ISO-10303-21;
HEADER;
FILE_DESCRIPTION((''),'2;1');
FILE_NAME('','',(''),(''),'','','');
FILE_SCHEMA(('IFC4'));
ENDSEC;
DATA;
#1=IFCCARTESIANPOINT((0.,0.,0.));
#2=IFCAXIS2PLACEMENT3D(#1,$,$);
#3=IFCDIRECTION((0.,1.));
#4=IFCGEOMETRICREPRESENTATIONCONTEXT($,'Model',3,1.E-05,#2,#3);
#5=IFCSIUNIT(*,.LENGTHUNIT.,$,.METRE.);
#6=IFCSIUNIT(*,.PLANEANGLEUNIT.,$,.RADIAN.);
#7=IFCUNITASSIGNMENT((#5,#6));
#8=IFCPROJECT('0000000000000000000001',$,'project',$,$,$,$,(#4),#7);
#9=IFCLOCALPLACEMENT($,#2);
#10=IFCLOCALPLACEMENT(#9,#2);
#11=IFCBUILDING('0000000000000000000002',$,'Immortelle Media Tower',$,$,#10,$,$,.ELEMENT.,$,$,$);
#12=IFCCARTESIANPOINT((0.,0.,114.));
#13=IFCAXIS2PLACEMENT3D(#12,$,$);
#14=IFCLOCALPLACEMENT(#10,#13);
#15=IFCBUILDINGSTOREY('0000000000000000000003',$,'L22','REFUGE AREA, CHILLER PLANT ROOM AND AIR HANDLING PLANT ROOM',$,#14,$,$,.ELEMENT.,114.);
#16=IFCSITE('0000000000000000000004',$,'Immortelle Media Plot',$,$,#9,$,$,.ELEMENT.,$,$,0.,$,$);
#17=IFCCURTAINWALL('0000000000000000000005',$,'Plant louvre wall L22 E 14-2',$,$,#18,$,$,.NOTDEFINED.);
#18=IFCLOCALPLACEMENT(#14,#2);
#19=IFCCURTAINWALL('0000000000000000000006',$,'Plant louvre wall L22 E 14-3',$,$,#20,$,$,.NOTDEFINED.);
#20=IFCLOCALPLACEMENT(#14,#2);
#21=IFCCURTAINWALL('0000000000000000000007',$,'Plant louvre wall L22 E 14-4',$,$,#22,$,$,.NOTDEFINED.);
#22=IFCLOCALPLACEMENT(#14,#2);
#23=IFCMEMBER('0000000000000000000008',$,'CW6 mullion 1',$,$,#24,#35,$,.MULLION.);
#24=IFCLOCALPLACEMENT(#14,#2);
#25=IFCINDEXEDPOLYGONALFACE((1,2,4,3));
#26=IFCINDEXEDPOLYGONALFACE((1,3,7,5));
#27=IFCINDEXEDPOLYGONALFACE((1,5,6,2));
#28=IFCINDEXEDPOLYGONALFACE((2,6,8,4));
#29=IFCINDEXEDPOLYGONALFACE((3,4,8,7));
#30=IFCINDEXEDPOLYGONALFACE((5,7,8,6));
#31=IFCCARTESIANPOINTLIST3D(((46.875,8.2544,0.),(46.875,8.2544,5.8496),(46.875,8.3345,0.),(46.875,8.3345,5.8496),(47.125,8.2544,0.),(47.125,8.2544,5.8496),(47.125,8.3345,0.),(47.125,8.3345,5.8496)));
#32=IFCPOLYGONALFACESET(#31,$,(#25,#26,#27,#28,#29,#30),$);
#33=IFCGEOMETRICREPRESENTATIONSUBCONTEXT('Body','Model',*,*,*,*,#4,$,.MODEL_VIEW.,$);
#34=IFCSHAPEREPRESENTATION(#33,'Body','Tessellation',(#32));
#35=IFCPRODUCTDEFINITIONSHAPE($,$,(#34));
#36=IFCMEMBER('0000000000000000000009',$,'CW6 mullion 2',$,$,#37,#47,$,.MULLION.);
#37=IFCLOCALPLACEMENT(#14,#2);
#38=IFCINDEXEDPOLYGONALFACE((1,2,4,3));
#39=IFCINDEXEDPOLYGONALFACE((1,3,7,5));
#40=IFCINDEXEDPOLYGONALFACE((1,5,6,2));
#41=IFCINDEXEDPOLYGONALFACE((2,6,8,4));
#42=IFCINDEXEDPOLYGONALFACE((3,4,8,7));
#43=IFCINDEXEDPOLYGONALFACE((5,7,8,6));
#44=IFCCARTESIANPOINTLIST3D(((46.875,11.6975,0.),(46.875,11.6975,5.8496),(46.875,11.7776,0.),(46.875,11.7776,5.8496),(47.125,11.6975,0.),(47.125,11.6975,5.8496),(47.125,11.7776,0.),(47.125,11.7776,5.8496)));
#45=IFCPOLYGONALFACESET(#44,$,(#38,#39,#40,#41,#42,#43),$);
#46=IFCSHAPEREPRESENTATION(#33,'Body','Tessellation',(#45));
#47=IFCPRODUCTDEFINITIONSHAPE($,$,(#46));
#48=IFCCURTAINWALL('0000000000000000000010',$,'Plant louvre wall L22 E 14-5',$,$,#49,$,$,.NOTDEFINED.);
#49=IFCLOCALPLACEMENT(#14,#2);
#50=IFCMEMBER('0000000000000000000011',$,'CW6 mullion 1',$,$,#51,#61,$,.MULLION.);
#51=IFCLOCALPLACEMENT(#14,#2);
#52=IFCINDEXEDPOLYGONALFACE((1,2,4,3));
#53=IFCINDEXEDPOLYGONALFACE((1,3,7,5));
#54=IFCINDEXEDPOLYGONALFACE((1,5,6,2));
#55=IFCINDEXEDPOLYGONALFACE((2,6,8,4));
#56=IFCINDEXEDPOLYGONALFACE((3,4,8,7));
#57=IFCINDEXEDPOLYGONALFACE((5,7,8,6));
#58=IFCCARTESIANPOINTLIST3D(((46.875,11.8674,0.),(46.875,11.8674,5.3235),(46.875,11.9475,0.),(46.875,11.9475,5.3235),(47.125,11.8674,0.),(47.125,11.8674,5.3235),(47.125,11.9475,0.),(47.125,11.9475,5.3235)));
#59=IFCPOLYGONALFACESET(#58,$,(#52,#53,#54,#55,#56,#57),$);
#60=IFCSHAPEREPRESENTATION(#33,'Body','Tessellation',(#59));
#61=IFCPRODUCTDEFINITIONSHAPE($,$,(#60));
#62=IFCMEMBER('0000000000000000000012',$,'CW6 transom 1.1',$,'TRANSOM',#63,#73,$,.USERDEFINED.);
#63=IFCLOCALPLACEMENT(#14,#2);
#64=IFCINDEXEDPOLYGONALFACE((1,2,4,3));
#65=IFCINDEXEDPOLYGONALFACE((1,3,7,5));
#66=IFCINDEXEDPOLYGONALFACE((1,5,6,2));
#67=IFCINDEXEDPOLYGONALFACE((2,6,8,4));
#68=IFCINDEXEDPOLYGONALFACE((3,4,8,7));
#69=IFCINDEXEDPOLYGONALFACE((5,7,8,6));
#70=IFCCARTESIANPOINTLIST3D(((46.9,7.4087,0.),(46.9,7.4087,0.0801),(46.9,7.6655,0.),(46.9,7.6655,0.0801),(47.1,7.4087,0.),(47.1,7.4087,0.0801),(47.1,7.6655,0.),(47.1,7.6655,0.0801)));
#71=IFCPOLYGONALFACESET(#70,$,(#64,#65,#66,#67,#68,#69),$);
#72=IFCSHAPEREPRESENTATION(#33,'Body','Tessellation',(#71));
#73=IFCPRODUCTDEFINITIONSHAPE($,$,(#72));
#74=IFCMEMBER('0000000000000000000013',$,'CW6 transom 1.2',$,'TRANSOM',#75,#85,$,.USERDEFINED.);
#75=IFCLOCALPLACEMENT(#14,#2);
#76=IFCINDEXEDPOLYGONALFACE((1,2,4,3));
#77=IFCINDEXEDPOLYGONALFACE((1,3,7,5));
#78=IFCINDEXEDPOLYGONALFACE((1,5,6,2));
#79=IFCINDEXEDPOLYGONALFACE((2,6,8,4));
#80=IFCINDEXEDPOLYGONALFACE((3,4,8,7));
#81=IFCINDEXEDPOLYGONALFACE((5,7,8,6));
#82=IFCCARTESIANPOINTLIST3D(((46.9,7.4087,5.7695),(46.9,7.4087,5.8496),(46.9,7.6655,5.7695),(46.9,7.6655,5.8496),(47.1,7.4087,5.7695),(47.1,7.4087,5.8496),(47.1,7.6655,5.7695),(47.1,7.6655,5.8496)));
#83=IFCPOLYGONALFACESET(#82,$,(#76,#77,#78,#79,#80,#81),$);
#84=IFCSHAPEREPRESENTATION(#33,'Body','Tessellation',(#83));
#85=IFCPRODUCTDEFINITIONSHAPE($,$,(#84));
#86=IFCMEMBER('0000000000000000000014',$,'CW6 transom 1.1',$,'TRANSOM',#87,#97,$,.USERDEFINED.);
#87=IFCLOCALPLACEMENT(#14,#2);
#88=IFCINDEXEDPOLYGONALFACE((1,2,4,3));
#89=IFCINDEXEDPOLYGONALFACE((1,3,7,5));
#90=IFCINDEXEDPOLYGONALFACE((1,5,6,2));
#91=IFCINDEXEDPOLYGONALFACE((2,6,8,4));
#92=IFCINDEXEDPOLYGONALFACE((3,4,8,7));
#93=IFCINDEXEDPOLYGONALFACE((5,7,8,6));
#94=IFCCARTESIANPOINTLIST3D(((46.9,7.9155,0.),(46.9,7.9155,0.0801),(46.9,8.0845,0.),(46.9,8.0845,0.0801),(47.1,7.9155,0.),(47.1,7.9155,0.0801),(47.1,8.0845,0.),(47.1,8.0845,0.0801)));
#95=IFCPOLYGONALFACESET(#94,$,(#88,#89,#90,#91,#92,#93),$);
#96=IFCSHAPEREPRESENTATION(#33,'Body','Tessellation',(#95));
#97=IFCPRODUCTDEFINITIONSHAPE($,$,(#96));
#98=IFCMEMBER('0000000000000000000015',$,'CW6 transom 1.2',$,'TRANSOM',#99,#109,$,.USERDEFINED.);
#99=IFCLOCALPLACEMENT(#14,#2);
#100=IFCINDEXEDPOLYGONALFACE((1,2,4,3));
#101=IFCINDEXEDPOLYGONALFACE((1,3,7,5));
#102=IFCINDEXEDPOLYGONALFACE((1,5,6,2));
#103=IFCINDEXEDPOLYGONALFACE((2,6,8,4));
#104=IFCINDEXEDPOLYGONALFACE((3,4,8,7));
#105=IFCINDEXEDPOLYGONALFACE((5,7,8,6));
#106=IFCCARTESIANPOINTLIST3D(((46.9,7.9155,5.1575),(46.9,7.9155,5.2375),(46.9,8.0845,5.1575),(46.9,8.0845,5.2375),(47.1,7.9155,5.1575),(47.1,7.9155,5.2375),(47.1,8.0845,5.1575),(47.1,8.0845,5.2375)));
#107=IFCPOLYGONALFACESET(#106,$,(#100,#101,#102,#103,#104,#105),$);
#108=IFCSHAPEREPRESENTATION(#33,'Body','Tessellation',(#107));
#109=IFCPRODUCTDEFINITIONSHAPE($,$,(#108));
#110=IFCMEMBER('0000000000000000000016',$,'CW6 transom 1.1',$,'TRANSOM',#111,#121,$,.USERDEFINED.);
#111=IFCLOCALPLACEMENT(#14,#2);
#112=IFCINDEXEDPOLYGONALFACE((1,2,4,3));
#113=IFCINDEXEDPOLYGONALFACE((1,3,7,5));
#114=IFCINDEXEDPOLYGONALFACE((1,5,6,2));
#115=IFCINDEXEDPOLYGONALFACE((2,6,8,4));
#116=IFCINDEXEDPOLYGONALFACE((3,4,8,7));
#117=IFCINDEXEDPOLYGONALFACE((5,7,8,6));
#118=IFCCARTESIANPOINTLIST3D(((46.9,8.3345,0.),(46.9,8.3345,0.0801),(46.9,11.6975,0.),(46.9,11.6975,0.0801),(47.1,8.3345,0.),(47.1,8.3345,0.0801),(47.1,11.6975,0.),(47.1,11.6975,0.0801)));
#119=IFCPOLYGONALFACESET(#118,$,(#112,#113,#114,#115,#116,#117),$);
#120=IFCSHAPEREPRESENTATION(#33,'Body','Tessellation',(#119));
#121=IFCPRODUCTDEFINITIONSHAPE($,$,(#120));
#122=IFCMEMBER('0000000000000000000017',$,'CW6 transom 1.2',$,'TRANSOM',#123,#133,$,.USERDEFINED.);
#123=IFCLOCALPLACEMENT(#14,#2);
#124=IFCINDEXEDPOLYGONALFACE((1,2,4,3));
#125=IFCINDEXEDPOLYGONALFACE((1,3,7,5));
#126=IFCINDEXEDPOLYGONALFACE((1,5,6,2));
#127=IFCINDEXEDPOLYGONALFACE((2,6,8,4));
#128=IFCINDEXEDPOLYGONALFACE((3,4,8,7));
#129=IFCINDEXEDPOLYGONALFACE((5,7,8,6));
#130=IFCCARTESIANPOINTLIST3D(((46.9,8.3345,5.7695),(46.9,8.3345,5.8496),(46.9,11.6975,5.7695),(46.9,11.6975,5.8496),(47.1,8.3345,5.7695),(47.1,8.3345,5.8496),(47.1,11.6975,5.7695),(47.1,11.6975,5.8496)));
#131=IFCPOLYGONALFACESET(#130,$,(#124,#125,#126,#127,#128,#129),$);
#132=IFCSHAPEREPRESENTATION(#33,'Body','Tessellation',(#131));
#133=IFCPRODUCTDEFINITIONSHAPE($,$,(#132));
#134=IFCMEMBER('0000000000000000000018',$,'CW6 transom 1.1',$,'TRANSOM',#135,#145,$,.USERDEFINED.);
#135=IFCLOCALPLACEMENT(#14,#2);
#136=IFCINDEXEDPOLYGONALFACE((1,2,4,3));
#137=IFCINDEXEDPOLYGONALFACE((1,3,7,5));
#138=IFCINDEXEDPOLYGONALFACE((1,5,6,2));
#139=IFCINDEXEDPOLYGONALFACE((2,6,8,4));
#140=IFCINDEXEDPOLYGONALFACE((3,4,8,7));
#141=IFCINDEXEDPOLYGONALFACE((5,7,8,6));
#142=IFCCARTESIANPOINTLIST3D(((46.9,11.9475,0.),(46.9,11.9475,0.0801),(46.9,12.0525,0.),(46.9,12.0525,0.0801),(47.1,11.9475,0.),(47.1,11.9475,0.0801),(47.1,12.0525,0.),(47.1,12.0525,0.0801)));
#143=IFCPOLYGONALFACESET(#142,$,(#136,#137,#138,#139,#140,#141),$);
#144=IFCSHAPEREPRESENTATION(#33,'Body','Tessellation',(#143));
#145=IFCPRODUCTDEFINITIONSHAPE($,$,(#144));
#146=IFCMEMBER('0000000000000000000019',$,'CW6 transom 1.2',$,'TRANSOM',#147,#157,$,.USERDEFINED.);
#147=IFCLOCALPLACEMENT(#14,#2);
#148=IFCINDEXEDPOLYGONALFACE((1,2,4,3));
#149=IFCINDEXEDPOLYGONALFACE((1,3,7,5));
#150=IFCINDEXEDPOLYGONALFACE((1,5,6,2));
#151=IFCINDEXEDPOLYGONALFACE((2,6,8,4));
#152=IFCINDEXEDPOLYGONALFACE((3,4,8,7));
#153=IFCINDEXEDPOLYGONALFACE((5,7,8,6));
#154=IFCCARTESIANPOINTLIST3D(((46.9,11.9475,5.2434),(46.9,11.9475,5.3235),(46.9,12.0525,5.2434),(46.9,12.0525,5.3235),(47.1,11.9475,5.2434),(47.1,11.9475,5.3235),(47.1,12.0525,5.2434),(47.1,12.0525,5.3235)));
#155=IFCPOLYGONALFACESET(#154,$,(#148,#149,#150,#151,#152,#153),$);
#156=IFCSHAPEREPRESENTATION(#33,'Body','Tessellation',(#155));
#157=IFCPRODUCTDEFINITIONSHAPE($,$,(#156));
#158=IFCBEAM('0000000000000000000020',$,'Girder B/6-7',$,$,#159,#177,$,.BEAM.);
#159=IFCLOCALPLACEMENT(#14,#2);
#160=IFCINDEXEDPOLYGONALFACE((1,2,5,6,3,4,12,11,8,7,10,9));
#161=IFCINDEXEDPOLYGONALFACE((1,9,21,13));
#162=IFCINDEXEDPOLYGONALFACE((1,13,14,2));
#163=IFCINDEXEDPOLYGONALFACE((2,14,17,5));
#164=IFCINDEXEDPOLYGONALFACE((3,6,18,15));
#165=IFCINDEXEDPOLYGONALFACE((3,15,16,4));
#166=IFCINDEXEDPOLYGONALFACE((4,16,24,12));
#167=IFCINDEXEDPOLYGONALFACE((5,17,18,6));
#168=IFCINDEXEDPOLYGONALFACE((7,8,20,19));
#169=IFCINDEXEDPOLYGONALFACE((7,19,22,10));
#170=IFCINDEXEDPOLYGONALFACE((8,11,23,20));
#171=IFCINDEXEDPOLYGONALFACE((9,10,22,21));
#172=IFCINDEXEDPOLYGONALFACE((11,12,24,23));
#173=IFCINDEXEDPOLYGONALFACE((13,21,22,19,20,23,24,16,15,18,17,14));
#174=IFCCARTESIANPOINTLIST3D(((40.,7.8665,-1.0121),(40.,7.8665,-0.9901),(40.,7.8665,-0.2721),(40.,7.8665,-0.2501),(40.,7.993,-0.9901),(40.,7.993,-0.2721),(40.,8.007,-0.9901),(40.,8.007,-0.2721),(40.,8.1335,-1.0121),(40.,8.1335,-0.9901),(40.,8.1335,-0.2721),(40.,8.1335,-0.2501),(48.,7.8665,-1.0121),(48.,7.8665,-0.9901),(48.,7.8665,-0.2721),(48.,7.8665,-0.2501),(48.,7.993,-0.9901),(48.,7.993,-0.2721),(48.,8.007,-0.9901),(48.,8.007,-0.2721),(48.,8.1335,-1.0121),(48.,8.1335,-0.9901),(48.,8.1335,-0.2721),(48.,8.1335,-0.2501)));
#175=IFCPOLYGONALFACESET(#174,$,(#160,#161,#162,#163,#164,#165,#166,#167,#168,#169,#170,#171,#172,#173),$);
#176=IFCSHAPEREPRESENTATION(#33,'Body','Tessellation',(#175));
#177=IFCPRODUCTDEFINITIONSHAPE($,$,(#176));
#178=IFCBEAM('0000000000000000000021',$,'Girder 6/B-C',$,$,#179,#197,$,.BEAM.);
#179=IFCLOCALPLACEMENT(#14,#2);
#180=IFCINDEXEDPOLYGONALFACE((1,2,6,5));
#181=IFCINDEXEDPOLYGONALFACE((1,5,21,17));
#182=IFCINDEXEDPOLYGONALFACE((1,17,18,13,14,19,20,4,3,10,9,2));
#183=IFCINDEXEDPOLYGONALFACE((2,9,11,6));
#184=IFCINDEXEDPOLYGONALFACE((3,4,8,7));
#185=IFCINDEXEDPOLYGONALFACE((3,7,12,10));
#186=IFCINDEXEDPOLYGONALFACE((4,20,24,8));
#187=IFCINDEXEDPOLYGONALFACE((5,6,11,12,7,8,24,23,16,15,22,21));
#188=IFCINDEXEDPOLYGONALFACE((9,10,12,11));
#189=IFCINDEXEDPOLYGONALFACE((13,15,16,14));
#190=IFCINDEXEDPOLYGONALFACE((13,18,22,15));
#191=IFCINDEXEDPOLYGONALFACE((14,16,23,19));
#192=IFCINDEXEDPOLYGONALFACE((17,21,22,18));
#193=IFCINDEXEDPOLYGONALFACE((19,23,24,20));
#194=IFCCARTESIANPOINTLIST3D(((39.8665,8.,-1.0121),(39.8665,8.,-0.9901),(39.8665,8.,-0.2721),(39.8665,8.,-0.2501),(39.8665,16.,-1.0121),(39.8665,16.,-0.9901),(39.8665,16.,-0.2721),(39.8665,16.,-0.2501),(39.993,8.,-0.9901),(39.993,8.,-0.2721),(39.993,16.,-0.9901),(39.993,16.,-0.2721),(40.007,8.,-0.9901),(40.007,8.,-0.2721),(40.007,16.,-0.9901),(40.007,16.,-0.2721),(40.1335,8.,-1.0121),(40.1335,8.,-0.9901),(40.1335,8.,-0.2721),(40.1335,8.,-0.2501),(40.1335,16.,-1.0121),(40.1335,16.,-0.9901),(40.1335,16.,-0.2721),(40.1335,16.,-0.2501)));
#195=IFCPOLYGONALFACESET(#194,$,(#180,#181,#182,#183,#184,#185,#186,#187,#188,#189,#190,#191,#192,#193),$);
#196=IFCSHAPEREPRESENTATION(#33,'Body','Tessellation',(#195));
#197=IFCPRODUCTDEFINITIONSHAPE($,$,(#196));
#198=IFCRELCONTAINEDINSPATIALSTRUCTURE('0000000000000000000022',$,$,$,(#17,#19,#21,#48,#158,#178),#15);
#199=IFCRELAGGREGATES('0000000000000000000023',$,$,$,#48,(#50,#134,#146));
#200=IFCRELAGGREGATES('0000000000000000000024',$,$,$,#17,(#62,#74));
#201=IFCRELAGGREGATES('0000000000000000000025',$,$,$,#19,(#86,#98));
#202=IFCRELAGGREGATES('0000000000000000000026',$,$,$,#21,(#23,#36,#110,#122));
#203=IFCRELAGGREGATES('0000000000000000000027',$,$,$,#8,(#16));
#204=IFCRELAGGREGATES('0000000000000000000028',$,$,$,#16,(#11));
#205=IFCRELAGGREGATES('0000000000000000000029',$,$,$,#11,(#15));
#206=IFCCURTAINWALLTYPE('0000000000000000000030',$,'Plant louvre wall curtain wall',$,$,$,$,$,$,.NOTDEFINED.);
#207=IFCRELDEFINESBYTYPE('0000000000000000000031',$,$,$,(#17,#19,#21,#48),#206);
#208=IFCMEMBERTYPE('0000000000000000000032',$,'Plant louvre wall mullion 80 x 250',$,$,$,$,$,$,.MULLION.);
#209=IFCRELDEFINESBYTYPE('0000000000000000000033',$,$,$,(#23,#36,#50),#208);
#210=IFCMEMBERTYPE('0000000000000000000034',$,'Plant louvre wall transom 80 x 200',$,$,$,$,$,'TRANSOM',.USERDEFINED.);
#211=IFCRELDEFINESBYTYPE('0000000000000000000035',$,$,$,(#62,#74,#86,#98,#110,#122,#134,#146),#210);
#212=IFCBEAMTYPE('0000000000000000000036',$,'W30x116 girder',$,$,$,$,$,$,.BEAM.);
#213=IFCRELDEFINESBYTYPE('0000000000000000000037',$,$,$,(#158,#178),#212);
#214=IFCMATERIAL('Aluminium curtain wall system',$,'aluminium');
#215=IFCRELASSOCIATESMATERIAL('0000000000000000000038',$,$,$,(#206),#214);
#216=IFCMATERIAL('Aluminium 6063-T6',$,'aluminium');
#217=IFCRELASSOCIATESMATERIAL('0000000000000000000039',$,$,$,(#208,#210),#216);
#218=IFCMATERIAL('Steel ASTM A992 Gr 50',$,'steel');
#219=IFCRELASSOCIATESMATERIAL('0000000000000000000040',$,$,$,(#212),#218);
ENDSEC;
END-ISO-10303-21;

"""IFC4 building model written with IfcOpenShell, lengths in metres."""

from ifc_helpers import new_model, si_unit, direction, frame, origin, origin_2d, place, context, subcontext, project, spatial, rectangle, i_section, extrude, material, material_profile, profile_set, type_object, element, aggregate, save


model = new_model("IFC4")

# Units and contexts
model_context = context("Model", 3, precision=1e-05, world=origin(), true_north=direction((0.0, 1.0)))
body_context = subcontext(model_context, "Body", "Model", "MODEL_VIEW")
ifc_project = project(units=[si_unit("LENGTHUNIT", "METRE"), si_unit("PLANEANGLEUNIT", "RADIAN")], contexts=[model_context])

# Site, building, storey
site_placement = place(None, origin())
site = spatial("IfcSite", under=ifc_project, at=site_placement, Name="Immortelle Media Plot", CompositionType="ELEMENT", RefElevation=0.0)
building_placement = place(site_placement, origin())
building = spatial("IfcBuilding", under=site, at=building_placement, Name="Immortelle Media Tower", CompositionType="ELEMENT")
storey_placement = place(building_placement, frame((0.0, 0.0, 114.0)))
storey = spatial("IfcBuildingStorey", under=building, at=storey_placement, Name="L22", Description="REFUGE AREA, CHILLER PLANT ROOM AND AIR HANDLING PLANT ROOM", CompositionType="ELEMENT", Elevation=114.0)

# Shared definitions
ifc_material_1 = material(Name="Steel ASTM A992 Gr 50", Category="steel")

# Curtain walls, members
ifc_material_2 = material(Name="Aluminium curtain wall system", Category="aluminium")
curtain_wall_type = type_object("IfcCurtainWallType", Name="Plant louvre wall curtain wall", PredefinedType="NOTDEFINED", material=ifc_material_2)
curtain_wall_1_placement = place(storey_placement, origin())
curtain_wall_1 = element("IfcCurtainWall", 1, at=curtain_wall_1_placement, inside=storey, type_object=curtain_wall_type, Name="Plant louvre wall L22 E 14-2", PredefinedType="NOTDEFINED")
ifc_material_3 = material(Name="Aluminium 6063-T6", Category="aluminium")
ifc_material_profile_1 = material_profile(ifc_material_3, rectangle(XDim=0.25, YDim=0.0801, at=origin_2d()), Name="AL 80x250")
ifc_profile_set_1 = profile_set([ifc_material_profile_1], Name="Aluminium 6063-T6")
member_type_1 = type_object("IfcMemberType", Name="Plant louvre wall mullion 80 x 250", PredefinedType="MULLION", material=ifc_profile_set_1)
curtain_wall_2_placement = place(storey_placement, origin())
curtain_wall_2 = element("IfcCurtainWall", 2, at=curtain_wall_2_placement, inside=storey, type_object=curtain_wall_type, Name="Plant louvre wall L22 E 14-3", PredefinedType="NOTDEFINED")
curtain_wall_3_placement = place(storey_placement, origin())
curtain_wall_3 = element("IfcCurtainWall", 3, at=curtain_wall_3_placement, inside=storey, type_object=curtain_wall_type, Name="Plant louvre wall L22 E 14-4", PredefinedType="NOTDEFINED")
member_1_placement = place(storey_placement, frame((47.0, 8.2944, 0.0), z_axis=(0.0, 0.0, 1.0), x_axis=(-1.0, 0.0, 0.0)))
member_1 = element("IfcMember", 4, at=member_1_placement, type_object=member_type_1, Name="CW6 mullion 1", PredefinedType="MULLION", context=body_context, shape_type="SweptSolid", body=[
    extrude(rectangle(XDim=0.25, YDim=0.0801, at=origin_2d()), origin(), (0.0, 0.0, 1.0), 5.8496),
])
member_2_placement = place(storey_placement, frame((47.0, 11.7375, 0.0), z_axis=(0.0, 0.0, 1.0), x_axis=(-1.0, 0.0, 0.0)))
member_2 = element("IfcMember", 5, at=member_2_placement, type_object=member_type_1, Name="CW6 mullion 2", PredefinedType="MULLION", context=body_context, shape_type="SweptSolid", body=[
    extrude(rectangle(XDim=0.25, YDim=0.0801, at=origin_2d()), origin(), (0.0, 0.0, 1.0), 5.8496),
])

# Curtain wall, member
curtain_wall_4_placement = place(storey_placement, origin())
curtain_wall_4 = element("IfcCurtainWall", 6, at=curtain_wall_4_placement, inside=storey, type_object=curtain_wall_type, Name="Plant louvre wall L22 E 14-5", PredefinedType="NOTDEFINED")
member_3_placement = place(storey_placement, frame((47.0, 11.9075, 0.0), z_axis=(0.0, 0.0, 1.0), x_axis=(-1.0, 0.0, 0.0)))
member_3 = element("IfcMember", 7, at=member_3_placement, type_object=member_type_1, Name="CW6 mullion 1", PredefinedType="MULLION", context=body_context, shape_type="SweptSolid", body=[
    extrude(rectangle(XDim=0.25, YDim=0.0801, at=origin_2d()), origin(), (0.0, 0.0, 1.0), 5.3235),
])

# Members
ifc_material_profile_2 = material_profile(ifc_material_3, rectangle(XDim=0.2, YDim=0.0801, at=origin_2d()), Name="AL 80x200")
ifc_profile_set_2 = profile_set([ifc_material_profile_2], Name="Aluminium 6063-T6")
member_type_2 = type_object("IfcMemberType", Name="Plant louvre wall transom 80 x 200", ElementType="TRANSOM", PredefinedType="USERDEFINED", material=ifc_profile_set_2)
member_4_placement = place(storey_placement, frame((47.0, 7.4087, 0.04), z_axis=(0.0, 1.0, 0.0), x_axis=(-1.0, 0.0, 0.0)))
member_4 = element("IfcMember", 8, at=member_4_placement, type_object=member_type_2, Name="CW6 transom 1.1", ObjectType="TRANSOM", PredefinedType="USERDEFINED", context=body_context, shape_type="SweptSolid", body=[
    extrude(rectangle(XDim=0.2, YDim=0.0801, at=origin_2d()), origin(), (0.0, 0.0, 1.0), 0.2568),
])
member_5_placement = place(storey_placement, frame((47.0, 7.4087, 5.8096), z_axis=(0.0, 1.0, 0.0), x_axis=(-1.0, 0.0, 0.0)))
member_5 = element("IfcMember", 9, at=member_5_placement, type_object=member_type_2, Name="CW6 transom 1.2", ObjectType="TRANSOM", PredefinedType="USERDEFINED", context=body_context, shape_type="SweptSolid", body=[
    extrude(rectangle(XDim=0.2, YDim=0.0801, at=origin_2d()), origin(), (0.0, 0.0, 1.0), 0.2568),
])
member_6_placement = place(storey_placement, frame((47.0, 7.9155, 0.04), z_axis=(0.0, 1.0, 0.0), x_axis=(-1.0, 0.0, 0.0)))
member_6 = element("IfcMember", 10, at=member_6_placement, type_object=member_type_2, Name="CW6 transom 1.1", ObjectType="TRANSOM", PredefinedType="USERDEFINED", context=body_context, shape_type="SweptSolid", body=[
    extrude(rectangle(XDim=0.2, YDim=0.0801, at=origin_2d()), origin(), (0.0, 0.0, 1.0), 0.1689),
])
member_7_placement = place(storey_placement, frame((47.0, 7.9155, 5.1975), z_axis=(0.0, 1.0, 0.0), x_axis=(-1.0, 0.0, 0.0)))
member_7 = element("IfcMember", 11, at=member_7_placement, type_object=member_type_2, Name="CW6 transom 1.2", ObjectType="TRANSOM", PredefinedType="USERDEFINED", context=body_context, shape_type="SweptSolid", body=[
    extrude(rectangle(XDim=0.2, YDim=0.0801, at=origin_2d()), origin(), (0.0, 0.0, 1.0), 0.1689),
])
member_8_placement = place(storey_placement, frame((47.0, 8.3345, 0.04), z_axis=(0.0, 1.0, 0.0), x_axis=(-1.0, 0.0, 0.0)))
member_8 = element("IfcMember", 12, at=member_8_placement, type_object=member_type_2, Name="CW6 transom 1.1", ObjectType="TRANSOM", PredefinedType="USERDEFINED", context=body_context, shape_type="SweptSolid", body=[
    extrude(rectangle(XDim=0.2, YDim=0.0801, at=origin_2d()), origin(), (0.0, 0.0, 1.0), 3.363),
])
member_9_placement = place(storey_placement, frame((47.0, 8.3345, 5.8096), z_axis=(0.0, 1.0, 0.0), x_axis=(-1.0, 0.0, 0.0)))
member_9 = element("IfcMember", 13, at=member_9_placement, type_object=member_type_2, Name="CW6 transom 1.2", ObjectType="TRANSOM", PredefinedType="USERDEFINED", context=body_context, shape_type="SweptSolid", body=[
    extrude(rectangle(XDim=0.2, YDim=0.0801, at=origin_2d()), origin(), (0.0, 0.0, 1.0), 3.363),
])
member_10_placement = place(storey_placement, frame((47.0, 11.9475, 0.04), z_axis=(0.0, 1.0, 0.0), x_axis=(-1.0, 0.0, 0.0)))
member_10 = element("IfcMember", 14, at=member_10_placement, type_object=member_type_2, Name="CW6 transom 1.1", ObjectType="TRANSOM", PredefinedType="USERDEFINED", context=body_context, shape_type="SweptSolid", body=[
    extrude(rectangle(XDim=0.2, YDim=0.0801, at=origin_2d()), origin(), (0.0, 0.0, 1.0), 0.105),
])
member_11_placement = place(storey_placement, frame((47.0, 11.9475, 5.2834), z_axis=(0.0, 1.0, 0.0), x_axis=(-1.0, 0.0, 0.0)))
member_11 = element("IfcMember", 15, at=member_11_placement, type_object=member_type_2, Name="CW6 transom 1.2", ObjectType="TRANSOM", PredefinedType="USERDEFINED", context=body_context, shape_type="SweptSolid", body=[
    extrude(rectangle(XDim=0.2, YDim=0.0801, at=origin_2d()), origin(), (0.0, 0.0, 1.0), 0.105),
])
aggregate(curtain_wall_4, [member_3, member_10, member_11])

# Beams
ifc_material_profile_3 = material_profile(ifc_material_1, i_section(OverallWidth=0.2671, OverallDepth=0.762, WebThickness=0.0139, FlangeThickness=0.022, at=origin_2d()), Name="W30x116")
ifc_profile_set_3 = profile_set([ifc_material_profile_3], Name="Steel ASTM A992 Gr 50")
beam_type_1 = type_object("IfcBeamType", Name="W30x116 girder", PredefinedType="BEAM", material=ifc_profile_set_3)
for number, where, z_axis, x_axis, name in (
    (16, (40.0, 8.0, -0.6311), (1.0, 0.0, 0.0), (0.0, 1.0, 0.0), "Girder B/6-7"),
    (17, (40.0, 8.0, -0.6311), (0.0, 1.0, 0.0), (-1.0, 0.0, 0.0), "Girder 6/B-C"),
):
    element("IfcBeam", number, at=place(storey_placement, frame(where, z_axis=z_axis, x_axis=x_axis)), inside=storey, type_object=beam_type_1, Name=name, PredefinedType="BEAM", context=body_context, shape_type="SweptSolid", body=[
        extrude(i_section(OverallWidth=0.2671, OverallDepth=0.762, WebThickness=0.0139, FlangeThickness=0.022, at=origin_2d()), origin(), (0.0, 0.0, 1.0), 8.0),
    ])

aggregate(curtain_wall_1, [member_4, member_5])
aggregate(curtain_wall_2, [member_6, member_7])
aggregate(curtain_wall_3, [member_1, member_2, member_8, member_9])

save(model, "model.ifc")
